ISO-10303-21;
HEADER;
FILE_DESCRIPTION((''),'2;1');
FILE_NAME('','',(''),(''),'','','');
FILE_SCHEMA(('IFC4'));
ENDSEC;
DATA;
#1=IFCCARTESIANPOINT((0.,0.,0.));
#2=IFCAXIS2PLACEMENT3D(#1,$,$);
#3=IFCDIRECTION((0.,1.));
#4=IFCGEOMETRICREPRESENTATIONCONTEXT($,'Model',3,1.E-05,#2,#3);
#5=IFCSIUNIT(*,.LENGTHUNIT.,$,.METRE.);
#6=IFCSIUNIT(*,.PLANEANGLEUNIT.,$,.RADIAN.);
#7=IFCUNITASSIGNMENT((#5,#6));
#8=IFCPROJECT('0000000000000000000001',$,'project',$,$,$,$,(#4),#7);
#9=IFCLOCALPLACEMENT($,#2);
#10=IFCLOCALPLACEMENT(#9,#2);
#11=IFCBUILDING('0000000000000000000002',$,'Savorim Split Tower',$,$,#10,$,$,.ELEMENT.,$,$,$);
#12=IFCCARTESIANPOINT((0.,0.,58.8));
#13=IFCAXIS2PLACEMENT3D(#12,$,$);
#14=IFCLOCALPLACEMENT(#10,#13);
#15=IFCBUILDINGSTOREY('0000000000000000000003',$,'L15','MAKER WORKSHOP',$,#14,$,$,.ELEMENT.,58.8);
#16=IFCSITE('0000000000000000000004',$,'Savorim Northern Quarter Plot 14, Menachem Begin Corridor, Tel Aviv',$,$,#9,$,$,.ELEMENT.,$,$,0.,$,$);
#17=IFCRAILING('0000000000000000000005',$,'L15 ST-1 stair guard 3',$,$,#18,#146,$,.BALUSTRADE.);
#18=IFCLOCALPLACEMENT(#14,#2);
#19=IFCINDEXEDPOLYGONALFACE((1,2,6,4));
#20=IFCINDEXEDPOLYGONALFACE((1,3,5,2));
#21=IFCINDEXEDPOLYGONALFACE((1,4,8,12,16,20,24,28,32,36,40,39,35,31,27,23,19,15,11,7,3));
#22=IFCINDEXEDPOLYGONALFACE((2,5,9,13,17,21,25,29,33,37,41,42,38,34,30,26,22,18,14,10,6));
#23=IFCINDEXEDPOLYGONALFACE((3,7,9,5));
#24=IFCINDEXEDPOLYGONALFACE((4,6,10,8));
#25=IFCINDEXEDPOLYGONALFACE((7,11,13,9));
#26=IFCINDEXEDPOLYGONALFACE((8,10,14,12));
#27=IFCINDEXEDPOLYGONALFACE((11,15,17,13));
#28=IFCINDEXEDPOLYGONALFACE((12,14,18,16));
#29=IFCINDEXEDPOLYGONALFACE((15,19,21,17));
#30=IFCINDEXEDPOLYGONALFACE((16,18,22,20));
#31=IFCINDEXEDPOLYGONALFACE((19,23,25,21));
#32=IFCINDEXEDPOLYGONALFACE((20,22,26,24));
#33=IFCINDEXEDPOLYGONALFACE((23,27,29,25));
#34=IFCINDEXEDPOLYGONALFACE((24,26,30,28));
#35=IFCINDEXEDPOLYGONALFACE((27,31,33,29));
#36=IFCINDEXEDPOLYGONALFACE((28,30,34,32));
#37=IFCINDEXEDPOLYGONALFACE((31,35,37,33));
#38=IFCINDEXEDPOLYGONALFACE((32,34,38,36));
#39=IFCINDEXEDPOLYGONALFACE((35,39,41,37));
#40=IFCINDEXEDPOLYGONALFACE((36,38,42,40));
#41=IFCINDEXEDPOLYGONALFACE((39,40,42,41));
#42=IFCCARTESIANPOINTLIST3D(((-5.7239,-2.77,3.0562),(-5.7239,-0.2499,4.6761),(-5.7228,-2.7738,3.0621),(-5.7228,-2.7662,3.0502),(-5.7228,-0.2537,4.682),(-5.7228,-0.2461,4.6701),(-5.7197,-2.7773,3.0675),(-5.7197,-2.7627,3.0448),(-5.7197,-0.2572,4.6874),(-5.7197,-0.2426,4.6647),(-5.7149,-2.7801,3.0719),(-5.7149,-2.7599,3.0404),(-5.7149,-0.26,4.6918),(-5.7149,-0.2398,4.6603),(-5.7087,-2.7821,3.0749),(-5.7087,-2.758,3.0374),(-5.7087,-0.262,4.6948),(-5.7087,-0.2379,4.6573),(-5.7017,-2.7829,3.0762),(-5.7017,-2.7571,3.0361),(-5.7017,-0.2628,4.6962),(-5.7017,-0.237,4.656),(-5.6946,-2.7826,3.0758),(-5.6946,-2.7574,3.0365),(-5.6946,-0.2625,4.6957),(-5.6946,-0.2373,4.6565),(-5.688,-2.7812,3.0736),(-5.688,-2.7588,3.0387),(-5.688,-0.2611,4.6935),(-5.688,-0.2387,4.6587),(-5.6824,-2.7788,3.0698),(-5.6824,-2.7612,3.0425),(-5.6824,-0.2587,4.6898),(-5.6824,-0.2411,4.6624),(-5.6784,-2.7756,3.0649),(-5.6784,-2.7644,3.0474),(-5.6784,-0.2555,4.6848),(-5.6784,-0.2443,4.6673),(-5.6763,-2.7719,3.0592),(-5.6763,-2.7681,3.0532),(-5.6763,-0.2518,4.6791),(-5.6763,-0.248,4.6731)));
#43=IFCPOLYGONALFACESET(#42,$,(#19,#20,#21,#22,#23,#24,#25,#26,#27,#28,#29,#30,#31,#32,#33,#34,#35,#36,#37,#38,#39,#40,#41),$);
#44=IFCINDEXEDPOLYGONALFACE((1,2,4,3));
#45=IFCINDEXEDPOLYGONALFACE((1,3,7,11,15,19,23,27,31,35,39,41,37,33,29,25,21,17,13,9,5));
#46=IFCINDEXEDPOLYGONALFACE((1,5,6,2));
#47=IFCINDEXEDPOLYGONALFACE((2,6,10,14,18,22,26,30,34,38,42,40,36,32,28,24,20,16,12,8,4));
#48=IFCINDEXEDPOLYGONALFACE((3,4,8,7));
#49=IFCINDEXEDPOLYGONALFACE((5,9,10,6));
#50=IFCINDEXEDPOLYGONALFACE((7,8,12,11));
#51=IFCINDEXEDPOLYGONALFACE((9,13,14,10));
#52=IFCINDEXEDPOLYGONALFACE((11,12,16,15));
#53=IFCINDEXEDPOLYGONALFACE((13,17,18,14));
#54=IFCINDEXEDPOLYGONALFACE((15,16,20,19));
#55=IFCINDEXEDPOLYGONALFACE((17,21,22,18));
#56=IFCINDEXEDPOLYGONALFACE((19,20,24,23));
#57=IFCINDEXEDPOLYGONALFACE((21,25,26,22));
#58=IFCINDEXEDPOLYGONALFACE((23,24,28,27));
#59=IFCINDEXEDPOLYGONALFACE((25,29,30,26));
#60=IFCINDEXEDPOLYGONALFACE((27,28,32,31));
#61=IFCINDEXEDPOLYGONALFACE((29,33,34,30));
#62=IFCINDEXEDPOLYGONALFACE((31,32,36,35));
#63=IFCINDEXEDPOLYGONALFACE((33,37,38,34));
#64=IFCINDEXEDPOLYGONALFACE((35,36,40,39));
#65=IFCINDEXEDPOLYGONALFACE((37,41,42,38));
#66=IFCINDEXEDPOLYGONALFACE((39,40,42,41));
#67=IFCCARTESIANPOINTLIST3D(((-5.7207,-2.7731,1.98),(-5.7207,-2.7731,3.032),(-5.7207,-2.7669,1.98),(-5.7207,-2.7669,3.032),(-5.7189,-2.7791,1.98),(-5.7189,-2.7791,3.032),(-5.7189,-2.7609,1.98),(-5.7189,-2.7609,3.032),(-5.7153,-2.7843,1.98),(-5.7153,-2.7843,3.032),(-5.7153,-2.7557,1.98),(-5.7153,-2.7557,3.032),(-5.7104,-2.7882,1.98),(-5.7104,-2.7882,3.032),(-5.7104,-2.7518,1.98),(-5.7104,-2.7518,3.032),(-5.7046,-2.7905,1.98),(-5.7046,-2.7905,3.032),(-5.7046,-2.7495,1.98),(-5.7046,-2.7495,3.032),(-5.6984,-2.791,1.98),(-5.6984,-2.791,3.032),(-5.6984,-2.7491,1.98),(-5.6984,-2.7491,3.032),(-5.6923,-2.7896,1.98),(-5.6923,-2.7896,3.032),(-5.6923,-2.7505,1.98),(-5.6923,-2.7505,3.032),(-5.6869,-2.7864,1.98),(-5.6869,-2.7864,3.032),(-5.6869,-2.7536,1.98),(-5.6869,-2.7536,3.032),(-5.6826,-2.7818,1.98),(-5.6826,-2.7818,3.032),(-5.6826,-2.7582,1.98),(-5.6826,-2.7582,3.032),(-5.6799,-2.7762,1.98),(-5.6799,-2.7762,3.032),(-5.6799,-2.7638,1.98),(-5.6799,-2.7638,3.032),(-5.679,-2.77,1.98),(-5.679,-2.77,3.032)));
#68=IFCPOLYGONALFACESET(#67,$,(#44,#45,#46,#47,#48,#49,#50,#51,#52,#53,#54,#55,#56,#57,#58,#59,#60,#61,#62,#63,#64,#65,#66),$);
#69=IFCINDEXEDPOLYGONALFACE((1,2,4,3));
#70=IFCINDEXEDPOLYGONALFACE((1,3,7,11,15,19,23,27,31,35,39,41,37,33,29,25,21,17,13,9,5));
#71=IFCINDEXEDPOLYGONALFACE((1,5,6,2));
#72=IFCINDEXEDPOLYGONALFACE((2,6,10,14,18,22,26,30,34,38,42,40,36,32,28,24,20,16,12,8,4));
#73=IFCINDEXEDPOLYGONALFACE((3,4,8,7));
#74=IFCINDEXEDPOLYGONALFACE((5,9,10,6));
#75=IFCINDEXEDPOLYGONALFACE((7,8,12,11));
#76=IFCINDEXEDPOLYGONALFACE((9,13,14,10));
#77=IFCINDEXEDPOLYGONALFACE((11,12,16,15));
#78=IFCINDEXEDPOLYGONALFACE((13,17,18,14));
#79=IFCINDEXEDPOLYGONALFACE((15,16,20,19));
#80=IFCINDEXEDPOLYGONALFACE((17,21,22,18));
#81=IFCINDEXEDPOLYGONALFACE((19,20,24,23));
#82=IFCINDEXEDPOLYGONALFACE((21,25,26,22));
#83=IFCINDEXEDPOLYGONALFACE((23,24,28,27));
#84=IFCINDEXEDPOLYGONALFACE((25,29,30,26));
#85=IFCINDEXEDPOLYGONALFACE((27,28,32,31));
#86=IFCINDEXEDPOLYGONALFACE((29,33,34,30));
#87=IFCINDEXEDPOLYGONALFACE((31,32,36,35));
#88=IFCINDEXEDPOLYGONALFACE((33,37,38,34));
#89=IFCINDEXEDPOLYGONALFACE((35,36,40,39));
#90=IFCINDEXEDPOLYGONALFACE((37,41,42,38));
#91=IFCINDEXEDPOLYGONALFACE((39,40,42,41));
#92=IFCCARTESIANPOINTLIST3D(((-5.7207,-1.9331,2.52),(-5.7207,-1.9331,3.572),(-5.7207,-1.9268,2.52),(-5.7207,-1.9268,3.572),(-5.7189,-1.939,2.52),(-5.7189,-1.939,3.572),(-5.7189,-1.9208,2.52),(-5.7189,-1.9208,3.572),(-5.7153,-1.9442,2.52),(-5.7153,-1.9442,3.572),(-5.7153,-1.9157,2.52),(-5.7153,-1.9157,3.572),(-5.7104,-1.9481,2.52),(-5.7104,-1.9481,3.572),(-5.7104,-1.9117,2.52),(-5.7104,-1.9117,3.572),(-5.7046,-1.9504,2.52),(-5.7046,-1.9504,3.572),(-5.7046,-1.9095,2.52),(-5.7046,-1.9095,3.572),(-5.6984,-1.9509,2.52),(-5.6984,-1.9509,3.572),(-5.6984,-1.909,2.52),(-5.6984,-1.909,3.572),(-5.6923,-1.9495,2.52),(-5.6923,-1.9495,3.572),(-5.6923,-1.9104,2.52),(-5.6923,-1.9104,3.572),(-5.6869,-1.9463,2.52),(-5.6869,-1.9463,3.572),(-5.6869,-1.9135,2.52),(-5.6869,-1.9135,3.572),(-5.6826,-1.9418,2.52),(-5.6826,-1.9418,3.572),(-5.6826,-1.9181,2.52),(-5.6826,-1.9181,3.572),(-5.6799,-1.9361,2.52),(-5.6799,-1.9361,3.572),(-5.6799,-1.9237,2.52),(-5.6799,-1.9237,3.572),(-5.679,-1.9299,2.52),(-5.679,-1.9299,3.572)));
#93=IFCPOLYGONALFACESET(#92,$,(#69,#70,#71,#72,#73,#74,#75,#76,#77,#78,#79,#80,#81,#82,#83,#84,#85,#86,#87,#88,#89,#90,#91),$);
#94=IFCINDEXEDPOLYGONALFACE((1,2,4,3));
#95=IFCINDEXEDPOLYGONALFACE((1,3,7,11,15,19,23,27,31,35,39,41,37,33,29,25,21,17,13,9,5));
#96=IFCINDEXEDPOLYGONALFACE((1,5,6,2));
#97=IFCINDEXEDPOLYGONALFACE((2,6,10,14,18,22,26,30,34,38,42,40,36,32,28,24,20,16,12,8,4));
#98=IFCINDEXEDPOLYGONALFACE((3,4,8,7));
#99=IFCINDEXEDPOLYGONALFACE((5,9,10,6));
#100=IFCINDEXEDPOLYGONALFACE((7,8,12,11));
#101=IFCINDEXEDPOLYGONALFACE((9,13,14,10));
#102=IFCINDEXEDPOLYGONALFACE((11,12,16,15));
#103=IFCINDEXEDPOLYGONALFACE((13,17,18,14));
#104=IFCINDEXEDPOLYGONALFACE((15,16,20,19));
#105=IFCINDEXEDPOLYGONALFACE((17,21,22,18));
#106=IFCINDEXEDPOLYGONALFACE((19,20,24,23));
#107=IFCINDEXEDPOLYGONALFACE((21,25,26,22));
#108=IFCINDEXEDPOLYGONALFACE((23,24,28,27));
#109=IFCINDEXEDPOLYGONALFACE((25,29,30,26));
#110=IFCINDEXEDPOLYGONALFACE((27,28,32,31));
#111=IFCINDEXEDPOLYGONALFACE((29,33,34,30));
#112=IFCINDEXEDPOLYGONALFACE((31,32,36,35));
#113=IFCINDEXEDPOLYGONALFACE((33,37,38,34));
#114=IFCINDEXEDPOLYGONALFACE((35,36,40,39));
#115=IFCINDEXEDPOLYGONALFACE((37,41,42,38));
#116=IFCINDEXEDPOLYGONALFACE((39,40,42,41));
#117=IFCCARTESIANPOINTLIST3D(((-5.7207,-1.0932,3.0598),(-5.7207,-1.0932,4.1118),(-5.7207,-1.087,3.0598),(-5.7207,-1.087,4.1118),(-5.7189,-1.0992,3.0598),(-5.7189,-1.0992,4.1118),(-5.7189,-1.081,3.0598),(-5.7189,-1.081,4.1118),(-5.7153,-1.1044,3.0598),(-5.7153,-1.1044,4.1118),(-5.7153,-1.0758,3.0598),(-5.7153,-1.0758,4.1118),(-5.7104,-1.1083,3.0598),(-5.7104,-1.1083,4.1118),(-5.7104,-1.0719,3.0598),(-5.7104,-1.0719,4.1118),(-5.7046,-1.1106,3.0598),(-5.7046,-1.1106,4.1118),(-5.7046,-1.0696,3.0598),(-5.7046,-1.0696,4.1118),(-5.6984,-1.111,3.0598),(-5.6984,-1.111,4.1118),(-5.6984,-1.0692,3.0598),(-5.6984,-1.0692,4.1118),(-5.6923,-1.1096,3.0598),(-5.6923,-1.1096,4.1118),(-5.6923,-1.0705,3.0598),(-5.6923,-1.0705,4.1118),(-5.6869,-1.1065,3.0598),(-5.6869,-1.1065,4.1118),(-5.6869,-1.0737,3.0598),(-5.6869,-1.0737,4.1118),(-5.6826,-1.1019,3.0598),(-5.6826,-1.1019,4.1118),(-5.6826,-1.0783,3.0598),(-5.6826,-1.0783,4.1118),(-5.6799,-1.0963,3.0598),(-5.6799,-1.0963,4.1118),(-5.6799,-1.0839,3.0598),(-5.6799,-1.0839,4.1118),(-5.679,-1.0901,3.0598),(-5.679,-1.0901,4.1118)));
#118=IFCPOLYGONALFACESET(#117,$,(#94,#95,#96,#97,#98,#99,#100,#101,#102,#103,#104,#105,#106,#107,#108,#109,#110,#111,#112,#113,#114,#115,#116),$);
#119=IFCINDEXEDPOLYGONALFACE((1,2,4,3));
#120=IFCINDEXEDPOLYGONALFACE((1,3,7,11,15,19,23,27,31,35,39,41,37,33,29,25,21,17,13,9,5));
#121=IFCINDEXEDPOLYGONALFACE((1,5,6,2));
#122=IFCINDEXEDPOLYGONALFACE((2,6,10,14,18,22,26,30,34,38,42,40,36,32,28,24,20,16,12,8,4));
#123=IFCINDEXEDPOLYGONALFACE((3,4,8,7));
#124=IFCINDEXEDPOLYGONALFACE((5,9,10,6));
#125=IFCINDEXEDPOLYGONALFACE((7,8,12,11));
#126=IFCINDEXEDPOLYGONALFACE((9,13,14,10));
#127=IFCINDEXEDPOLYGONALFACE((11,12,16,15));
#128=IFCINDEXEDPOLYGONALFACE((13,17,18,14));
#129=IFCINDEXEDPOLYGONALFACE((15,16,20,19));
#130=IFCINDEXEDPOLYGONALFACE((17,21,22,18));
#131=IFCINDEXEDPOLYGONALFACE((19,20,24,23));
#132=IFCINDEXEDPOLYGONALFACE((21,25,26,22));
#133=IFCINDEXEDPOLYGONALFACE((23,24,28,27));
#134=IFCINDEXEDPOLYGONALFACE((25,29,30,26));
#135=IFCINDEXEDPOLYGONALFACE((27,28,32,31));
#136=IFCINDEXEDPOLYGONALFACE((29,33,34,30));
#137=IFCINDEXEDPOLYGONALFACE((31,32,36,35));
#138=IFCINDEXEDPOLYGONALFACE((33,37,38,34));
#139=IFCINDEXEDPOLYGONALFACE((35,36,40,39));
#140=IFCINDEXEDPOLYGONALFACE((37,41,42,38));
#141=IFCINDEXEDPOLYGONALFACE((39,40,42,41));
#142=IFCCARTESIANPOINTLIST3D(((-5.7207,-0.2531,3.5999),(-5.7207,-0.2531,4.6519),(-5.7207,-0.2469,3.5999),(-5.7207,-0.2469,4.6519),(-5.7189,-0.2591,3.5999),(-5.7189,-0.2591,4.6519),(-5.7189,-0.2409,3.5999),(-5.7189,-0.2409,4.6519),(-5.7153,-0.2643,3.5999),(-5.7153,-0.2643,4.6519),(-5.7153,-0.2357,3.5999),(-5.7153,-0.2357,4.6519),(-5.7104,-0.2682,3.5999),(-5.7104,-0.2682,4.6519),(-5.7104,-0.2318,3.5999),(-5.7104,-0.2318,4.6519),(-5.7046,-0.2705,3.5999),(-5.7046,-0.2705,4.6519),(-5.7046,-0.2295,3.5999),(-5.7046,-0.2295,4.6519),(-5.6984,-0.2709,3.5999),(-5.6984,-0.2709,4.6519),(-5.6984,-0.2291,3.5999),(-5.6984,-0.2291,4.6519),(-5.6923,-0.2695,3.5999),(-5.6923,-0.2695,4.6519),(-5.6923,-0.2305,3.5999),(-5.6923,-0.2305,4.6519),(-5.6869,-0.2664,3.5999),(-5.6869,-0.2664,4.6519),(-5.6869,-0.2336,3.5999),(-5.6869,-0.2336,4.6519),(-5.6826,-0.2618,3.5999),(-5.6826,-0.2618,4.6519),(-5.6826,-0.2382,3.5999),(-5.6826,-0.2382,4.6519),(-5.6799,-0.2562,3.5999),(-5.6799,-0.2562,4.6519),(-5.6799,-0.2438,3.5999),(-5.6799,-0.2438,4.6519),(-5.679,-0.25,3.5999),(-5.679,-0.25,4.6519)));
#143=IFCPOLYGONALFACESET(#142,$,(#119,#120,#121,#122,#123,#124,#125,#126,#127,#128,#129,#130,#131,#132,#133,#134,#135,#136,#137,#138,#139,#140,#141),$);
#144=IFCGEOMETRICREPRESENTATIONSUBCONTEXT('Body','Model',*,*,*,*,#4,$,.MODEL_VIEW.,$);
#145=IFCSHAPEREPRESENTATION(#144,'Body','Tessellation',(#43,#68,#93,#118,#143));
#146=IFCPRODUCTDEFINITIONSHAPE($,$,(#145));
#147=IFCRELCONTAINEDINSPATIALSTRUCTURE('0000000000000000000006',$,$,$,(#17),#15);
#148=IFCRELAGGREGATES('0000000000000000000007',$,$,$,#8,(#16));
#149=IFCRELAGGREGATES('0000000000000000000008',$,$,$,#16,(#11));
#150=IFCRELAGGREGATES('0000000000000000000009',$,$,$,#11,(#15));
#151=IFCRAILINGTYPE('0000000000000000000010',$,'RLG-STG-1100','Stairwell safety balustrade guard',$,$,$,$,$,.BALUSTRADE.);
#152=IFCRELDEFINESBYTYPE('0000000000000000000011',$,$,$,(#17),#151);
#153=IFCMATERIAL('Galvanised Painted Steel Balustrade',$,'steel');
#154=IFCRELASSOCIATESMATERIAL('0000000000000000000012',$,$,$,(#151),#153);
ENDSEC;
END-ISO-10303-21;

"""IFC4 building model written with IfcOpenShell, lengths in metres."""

from ifc_helpers import new_model, si_unit, direction, frame, origin, origin_2d, place, context, subcontext, project, spatial, circle, extrude, material, type_object, element, save


model = new_model("IFC4")

# Units and contexts
model_context = context("Model", 3, precision=1e-05, world=origin(), true_north=direction((0.0, 1.0)))
body_context = subcontext(model_context, "Body", "Model", "MODEL_VIEW")
ifc_project = project(units=[si_unit("LENGTHUNIT", "METRE"), si_unit("PLANEANGLEUNIT", "RADIAN")], contexts=[model_context])

# Site, building, storey
site_placement = place(None, origin())
site = spatial("IfcSite", under=ifc_project, at=site_placement, Name="Savorim Northern Quarter Plot 14, Menachem Begin Corridor, Tel Aviv", CompositionType="ELEMENT", RefElevation=0.0)
building_placement = place(site_placement, origin())
building = spatial("IfcBuilding", under=site, at=building_placement, Name="Savorim Split Tower", CompositionType="ELEMENT")
storey_placement = place(building_placement, frame((0.0, 0.0, 58.8)))
storey = spatial("IfcBuildingStorey", under=building, at=storey_placement, Name="L15", Description="MAKER WORKSHOP", CompositionType="ELEMENT", Elevation=58.8)

# Railing
ifc_material_1 = material(Name="Galvanised Painted Steel Balustrade", Category="steel")
railing_type_1 = type_object("IfcRailingType", Name="RLG-STG-1100", Description="Stairwell safety balustrade guard", PredefinedType="BALUSTRADE", material=ifc_material_1)
railing_1_placement = place(storey_placement, frame((-5.7, -2.77, 1.98)))
element("IfcRailing", 1, at=railing_1_placement, inside=storey, type_object=railing_type_1, Name="L15 ST-1 stair guard 3", PredefinedType="BALUSTRADE", context=body_context, shape_type="SweptSolid", body=[
    extrude(circle(Radius=0.0239, at=origin_2d()), frame((0.0, 0.0, 1.0762), z_axis=(0.0, 0.8412, 0.540725), x_axis=(-1.0, 0.0, 0.0)), (0.0, 0.0, 1.0), 2.9958),
    extrude(circle(Radius=0.021, at=origin_2d()), origin(), (0.0, 0.0, 1.0), 1.052),
    extrude(circle(Radius=0.021, at=origin_2d()), frame((0.0, 0.8401, 0.54)), (0.0, 0.0, 1.0), 1.052),
    extrude(circle(Radius=0.021, at=origin_2d()), frame((0.0, 1.6799, 1.0798)), (0.0, 0.0, 1.0), 1.052),
    extrude(circle(Radius=0.021, at=origin_2d()), frame((0.0, 2.52, 1.6199)), (0.0, 0.0, 1.0), 1.052),
])

save(model, "model.ifc")
